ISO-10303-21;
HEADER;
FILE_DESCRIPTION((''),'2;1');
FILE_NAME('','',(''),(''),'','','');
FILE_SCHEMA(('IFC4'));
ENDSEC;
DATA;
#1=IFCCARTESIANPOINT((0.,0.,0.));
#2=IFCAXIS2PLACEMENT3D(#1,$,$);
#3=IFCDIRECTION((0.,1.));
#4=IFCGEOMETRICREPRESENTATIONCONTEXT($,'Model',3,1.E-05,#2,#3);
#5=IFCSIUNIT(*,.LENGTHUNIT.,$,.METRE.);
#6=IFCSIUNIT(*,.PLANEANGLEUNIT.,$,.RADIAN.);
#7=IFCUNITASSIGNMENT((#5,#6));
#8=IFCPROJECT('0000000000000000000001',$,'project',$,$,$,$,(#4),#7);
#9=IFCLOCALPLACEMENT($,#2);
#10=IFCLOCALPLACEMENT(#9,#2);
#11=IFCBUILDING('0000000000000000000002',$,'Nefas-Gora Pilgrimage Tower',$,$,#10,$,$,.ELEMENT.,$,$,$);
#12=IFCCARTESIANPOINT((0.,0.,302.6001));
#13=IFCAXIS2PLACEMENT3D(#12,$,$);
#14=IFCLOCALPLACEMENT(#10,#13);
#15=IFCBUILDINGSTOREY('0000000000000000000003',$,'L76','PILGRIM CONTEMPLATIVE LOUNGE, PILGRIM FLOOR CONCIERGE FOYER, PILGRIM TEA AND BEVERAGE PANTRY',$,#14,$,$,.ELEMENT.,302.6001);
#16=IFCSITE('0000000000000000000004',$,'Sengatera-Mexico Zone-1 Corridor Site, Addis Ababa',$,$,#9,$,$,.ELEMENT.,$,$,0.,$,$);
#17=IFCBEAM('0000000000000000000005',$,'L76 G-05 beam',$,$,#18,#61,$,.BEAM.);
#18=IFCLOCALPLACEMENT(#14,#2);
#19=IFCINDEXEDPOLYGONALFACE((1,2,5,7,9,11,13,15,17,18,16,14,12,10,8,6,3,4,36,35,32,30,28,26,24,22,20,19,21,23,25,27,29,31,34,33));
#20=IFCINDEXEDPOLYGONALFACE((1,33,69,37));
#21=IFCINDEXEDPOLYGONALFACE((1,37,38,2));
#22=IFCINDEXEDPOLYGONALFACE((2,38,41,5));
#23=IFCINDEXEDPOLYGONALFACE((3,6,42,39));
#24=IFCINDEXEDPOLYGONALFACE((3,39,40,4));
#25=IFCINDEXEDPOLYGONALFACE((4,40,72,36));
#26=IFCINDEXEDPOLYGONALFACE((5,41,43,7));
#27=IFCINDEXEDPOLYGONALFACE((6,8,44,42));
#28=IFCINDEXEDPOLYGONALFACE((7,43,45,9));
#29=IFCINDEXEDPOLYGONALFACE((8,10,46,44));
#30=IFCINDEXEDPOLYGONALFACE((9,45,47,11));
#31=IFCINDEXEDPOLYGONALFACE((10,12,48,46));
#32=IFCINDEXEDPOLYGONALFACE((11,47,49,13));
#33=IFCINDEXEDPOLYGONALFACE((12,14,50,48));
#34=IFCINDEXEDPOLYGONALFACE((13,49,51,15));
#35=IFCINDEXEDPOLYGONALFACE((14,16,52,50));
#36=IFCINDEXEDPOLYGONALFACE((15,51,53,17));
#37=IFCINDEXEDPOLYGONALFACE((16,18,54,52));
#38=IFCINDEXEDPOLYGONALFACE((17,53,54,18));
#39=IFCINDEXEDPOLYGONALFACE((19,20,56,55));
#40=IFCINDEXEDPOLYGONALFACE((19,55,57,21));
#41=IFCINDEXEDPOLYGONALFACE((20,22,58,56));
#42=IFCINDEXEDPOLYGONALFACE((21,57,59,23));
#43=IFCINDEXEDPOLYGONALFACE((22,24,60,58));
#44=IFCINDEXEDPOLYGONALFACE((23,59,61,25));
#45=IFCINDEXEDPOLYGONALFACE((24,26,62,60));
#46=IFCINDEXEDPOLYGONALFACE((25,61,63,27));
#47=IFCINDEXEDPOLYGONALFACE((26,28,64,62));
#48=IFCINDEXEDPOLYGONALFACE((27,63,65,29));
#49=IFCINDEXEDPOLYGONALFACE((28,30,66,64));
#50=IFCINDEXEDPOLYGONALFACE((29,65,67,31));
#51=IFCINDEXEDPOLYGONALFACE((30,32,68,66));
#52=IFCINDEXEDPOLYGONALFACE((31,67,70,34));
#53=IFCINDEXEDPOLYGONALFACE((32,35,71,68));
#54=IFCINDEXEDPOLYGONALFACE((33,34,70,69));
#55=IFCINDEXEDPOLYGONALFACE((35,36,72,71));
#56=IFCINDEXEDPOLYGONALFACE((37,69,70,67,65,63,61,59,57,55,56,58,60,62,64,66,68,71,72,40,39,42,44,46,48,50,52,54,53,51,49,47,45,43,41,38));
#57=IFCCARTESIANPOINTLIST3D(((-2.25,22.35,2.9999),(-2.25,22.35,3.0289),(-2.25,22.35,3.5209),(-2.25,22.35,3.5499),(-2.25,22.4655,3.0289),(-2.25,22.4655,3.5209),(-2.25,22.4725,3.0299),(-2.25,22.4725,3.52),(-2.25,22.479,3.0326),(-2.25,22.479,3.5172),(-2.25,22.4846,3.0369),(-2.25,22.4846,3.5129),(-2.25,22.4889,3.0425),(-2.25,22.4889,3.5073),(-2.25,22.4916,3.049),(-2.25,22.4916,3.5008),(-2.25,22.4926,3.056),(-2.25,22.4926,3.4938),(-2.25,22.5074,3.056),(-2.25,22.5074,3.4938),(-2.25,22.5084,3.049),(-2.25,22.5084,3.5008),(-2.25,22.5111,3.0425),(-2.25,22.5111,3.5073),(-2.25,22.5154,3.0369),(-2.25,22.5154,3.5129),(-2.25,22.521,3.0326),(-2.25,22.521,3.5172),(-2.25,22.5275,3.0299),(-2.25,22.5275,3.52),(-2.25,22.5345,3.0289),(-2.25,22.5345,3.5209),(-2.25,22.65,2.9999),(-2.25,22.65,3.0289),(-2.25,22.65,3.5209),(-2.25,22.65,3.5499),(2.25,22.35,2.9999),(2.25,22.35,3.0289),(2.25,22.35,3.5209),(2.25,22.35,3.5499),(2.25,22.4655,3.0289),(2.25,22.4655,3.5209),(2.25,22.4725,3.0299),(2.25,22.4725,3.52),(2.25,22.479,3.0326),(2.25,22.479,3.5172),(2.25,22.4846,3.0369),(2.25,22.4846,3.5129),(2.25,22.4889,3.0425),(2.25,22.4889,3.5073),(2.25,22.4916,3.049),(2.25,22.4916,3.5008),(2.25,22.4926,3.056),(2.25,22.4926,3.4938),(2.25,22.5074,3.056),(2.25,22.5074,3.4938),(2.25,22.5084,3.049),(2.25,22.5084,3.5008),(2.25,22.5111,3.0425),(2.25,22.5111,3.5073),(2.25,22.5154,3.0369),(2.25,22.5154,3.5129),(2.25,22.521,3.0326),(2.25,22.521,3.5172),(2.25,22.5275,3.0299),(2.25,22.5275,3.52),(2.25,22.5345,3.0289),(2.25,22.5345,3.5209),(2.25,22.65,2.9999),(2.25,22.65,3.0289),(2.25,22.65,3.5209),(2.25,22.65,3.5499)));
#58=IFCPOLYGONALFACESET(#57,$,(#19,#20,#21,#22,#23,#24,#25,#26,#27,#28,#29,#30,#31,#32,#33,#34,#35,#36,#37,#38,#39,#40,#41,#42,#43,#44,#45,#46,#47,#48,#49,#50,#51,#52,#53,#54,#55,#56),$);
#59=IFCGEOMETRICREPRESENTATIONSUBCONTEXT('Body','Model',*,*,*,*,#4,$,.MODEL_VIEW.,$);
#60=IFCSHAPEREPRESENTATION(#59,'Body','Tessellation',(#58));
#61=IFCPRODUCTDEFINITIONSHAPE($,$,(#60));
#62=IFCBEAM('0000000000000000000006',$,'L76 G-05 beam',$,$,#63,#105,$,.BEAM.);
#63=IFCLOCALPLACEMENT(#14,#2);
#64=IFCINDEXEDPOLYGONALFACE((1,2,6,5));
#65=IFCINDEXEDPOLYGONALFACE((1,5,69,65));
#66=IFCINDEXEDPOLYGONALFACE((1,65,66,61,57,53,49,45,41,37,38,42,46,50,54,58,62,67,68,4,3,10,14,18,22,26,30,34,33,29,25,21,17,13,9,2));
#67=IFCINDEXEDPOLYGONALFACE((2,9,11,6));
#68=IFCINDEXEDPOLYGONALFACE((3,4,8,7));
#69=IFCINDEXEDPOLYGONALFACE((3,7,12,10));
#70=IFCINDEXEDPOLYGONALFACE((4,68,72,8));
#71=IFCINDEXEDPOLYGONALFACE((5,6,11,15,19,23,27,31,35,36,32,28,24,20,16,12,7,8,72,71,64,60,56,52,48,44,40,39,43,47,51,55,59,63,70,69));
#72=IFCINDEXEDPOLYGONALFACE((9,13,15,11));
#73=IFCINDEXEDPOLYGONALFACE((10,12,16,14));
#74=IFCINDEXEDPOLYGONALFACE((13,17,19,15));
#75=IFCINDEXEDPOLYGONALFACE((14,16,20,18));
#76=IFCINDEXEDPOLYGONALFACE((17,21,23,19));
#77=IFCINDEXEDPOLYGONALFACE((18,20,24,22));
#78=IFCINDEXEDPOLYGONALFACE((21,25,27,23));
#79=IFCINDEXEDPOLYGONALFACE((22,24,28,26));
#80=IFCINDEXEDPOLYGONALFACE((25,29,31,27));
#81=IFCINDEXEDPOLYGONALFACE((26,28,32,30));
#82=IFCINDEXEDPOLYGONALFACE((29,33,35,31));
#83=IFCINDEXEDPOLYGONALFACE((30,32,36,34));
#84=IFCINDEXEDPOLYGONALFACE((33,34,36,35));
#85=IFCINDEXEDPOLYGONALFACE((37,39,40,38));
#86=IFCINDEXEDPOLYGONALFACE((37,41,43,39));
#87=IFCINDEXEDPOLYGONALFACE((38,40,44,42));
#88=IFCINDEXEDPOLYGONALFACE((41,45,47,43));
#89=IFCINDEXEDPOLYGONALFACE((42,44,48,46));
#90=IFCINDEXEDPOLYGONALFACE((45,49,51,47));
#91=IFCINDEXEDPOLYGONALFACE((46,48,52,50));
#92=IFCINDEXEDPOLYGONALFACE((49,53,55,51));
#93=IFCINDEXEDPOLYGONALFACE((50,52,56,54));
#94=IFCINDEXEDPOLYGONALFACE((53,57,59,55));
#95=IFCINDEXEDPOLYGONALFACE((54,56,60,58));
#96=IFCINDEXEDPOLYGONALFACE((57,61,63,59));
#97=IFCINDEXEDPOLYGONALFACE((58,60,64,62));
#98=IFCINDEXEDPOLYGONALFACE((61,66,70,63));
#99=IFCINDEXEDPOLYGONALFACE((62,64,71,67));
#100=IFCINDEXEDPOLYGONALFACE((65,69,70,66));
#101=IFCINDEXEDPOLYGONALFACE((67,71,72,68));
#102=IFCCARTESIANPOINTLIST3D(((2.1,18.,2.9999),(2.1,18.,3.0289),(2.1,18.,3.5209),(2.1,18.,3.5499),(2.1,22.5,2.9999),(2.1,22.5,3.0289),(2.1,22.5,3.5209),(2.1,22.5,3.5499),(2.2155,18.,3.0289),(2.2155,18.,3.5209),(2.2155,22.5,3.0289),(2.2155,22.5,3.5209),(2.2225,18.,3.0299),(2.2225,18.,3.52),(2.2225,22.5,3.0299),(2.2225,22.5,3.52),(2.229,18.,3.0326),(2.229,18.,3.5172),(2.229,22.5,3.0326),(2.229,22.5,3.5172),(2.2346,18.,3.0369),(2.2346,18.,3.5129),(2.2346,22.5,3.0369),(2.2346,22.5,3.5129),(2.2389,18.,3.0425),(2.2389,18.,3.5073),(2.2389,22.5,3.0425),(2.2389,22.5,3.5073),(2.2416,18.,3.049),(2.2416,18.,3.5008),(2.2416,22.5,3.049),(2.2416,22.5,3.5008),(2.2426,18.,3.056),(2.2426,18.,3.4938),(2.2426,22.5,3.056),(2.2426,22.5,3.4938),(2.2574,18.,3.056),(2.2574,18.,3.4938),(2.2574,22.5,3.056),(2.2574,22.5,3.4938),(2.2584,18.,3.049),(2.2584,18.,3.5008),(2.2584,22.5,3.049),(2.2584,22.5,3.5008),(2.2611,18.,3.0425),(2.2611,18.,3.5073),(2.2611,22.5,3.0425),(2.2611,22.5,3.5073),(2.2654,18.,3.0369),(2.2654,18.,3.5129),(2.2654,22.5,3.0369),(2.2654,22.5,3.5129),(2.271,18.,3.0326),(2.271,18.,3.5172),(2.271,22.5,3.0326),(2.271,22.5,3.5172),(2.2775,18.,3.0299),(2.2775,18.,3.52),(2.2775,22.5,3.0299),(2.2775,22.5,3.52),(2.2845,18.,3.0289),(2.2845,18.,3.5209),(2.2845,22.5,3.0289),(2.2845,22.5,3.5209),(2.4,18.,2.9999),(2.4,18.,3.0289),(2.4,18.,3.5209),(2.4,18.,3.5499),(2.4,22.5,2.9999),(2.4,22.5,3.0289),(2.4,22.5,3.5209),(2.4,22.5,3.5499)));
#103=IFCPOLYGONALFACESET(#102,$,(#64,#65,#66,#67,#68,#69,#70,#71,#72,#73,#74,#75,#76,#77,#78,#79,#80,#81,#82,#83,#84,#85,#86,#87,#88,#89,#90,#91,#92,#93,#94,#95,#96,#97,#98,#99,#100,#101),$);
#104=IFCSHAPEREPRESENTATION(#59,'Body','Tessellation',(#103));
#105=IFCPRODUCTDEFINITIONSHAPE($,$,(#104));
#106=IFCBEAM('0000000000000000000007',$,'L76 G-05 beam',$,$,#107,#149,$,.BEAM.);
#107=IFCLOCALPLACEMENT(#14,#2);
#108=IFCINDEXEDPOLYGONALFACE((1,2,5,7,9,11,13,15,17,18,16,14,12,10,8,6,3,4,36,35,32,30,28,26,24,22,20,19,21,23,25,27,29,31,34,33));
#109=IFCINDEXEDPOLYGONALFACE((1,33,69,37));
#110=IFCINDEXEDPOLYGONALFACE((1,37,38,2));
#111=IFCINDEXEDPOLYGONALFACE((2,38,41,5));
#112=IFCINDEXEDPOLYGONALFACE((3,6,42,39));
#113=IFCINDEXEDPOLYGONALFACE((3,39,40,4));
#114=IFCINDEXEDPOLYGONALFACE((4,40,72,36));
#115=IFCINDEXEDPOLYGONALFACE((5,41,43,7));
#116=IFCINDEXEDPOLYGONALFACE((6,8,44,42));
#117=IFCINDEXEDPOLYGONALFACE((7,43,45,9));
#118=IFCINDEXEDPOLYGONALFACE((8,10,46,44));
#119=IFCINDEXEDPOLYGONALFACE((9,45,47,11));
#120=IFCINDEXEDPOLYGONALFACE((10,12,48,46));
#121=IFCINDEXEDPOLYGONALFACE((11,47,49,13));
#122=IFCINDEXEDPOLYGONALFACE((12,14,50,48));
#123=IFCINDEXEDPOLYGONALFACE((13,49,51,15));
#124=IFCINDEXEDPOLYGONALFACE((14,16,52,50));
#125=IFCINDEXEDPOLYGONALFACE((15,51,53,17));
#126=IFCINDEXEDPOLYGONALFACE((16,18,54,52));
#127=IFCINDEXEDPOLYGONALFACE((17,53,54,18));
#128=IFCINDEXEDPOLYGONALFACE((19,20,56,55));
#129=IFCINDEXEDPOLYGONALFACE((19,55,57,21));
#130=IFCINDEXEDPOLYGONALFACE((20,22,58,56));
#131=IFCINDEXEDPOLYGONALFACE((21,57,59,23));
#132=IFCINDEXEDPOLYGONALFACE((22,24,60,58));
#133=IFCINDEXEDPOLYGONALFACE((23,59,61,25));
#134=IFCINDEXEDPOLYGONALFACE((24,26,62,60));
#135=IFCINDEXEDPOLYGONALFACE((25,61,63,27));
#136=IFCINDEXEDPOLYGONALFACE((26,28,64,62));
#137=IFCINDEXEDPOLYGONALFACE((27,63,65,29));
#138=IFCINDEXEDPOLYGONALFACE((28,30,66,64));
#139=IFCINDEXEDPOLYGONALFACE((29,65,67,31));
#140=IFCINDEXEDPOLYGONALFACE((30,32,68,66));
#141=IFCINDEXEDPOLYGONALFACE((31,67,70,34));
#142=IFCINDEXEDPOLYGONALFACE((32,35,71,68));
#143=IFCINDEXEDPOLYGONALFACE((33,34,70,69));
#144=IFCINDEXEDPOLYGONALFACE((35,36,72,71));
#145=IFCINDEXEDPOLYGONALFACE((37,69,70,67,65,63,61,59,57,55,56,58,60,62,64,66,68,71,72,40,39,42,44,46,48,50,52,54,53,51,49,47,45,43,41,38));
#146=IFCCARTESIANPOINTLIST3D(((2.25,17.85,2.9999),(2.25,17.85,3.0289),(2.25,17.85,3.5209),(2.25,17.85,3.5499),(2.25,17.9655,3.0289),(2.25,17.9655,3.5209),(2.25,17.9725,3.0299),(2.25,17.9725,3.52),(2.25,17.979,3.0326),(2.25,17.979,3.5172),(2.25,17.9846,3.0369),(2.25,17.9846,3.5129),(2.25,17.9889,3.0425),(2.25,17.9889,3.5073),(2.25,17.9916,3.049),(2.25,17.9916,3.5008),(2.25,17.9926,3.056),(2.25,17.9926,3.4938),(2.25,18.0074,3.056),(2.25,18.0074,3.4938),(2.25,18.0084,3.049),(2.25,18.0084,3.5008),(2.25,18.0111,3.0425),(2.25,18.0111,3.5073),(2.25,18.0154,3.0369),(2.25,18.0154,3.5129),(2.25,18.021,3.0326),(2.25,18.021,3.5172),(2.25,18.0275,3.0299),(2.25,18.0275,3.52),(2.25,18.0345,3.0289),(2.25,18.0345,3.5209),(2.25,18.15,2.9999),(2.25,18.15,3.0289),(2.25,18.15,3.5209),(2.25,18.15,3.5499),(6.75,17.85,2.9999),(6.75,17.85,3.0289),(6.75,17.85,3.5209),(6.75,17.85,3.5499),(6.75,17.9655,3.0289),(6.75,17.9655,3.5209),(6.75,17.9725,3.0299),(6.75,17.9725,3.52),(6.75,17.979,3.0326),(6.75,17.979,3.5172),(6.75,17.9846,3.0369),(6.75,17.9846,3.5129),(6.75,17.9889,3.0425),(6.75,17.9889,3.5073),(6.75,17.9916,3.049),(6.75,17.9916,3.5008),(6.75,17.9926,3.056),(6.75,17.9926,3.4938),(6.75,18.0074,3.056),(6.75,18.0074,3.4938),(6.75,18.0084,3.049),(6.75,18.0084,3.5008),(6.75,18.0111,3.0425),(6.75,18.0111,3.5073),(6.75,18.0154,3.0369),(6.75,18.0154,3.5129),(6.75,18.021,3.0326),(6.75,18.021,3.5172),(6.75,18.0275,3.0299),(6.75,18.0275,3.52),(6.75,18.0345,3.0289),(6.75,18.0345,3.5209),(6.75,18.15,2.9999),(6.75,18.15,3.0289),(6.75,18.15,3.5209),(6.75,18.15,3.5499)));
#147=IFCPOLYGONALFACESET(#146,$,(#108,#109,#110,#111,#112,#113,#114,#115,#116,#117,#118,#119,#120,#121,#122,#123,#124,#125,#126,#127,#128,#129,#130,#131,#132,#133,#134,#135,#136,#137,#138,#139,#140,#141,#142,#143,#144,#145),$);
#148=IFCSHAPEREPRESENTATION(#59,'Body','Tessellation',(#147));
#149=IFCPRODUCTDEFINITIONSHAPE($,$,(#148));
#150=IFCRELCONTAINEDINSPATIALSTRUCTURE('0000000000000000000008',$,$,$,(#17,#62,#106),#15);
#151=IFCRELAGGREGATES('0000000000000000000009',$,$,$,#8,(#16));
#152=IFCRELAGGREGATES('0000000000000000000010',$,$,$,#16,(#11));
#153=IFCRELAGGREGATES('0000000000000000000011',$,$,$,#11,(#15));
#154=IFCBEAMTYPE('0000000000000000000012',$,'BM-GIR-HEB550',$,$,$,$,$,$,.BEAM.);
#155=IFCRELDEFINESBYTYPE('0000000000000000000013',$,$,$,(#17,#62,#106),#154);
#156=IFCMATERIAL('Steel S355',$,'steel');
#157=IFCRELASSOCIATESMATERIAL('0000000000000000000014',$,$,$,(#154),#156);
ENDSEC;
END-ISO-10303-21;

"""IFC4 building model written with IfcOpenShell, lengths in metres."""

from ifc_helpers import new_model, si_unit, direction, frame, origin, origin_2d, place, context, subcontext, project, spatial, i_section, extrude, source, transform, mapped, material, material_profile, profile_set, type_object, element, save


model = new_model("IFC4")

# Units and contexts
model_context = context("Model", 3, precision=1e-05, world=origin(), true_north=direction((0.0, 1.0)))
body_context = subcontext(model_context, "Body", "Model", "MODEL_VIEW")
ifc_project = project(units=[si_unit("LENGTHUNIT", "METRE"), si_unit("PLANEANGLEUNIT", "RADIAN")], contexts=[model_context])

# Site, building, storey
site_placement = place(None, origin())
site = spatial("IfcSite", under=ifc_project, at=site_placement, Name="Sengatera-Mexico Zone-1 Corridor Site, Addis Ababa", CompositionType="ELEMENT", RefElevation=0.0)
building_placement = place(site_placement, origin())
building = spatial("IfcBuilding", under=site, at=building_placement, Name="Nefas-Gora Pilgrimage Tower", CompositionType="ELEMENT")
storey_placement = place(building_placement, frame((0.0, 0.0, 302.6001)))
storey = spatial("IfcBuildingStorey", under=building, at=storey_placement, Name="L76", Description="PILGRIM CONTEMPLATIVE LOUNGE, PILGRIM FLOOR CONCIERGE FOYER, PILGRIM TEA AND BEVERAGE PANTRY", CompositionType="ELEMENT", Elevation=302.6001)

# Shared definitions
ifc_material_1 = material(Name="Steel S355", Category="steel")

# Beams
ifc_material_profile_1 = material_profile(ifc_material_1, i_section(OverallWidth=0.3, OverallDepth=0.55, WebThickness=0.0149, FlangeThickness=0.0291, FilletRadius=0.0271, at=origin_2d()), Name="HEB 550")
ifc_profile_set_1 = profile_set([ifc_material_profile_1], Name="Steel S355")
beam_type = type_object("IfcBeamType", Name="BM-GIR-HEB550", PredefinedType="BEAM", material=ifc_profile_set_1)
shared_shape_1 = source(origin(), body_context, "Body", "SweptSolid", [
    extrude(i_section(OverallWidth=0.3, OverallDepth=0.55, WebThickness=0.0149, FlangeThickness=0.0291, FilletRadius=0.0271, at=origin_2d()), origin(), (0.0, 0.0, 1.0), 4.5),
])
for number, where, z_axis, x_axis, name in (
    (1, (-2.25, 22.5, 3.2749), (1.0, 0.0, 0.0), (0.0, 1.0, 0.0), "L76 G-05 beam"),
    (2, (2.25, 18.0, 3.2749), (0.0, 1.0, 0.0), (-1.0, 0.0, 0.0), "L76 G-05 beam"),
    (3, (2.25, 18.0, 3.2749), (1.0, 0.0, 0.0), (0.0, 1.0, 0.0), "L76 G-05 beam"),
):
    element("IfcBeam", number, at=place(storey_placement, frame(where, z_axis=z_axis, x_axis=x_axis)), inside=storey, type_object=beam_type, Name=name, PredefinedType="BEAM", context=body_context, shape_type="MappedRepresentation", body=[
        mapped(shared_shape_1, transform((0.0, 0.0, 0.0), x_axis=(1.0, 0.0, 0.0), y_axis=(0.0, 1.0, 0.0), z_axis=(0.0, 0.0, 1.0), scale=1.0)),
    ])

save(model, "model.ifc")
